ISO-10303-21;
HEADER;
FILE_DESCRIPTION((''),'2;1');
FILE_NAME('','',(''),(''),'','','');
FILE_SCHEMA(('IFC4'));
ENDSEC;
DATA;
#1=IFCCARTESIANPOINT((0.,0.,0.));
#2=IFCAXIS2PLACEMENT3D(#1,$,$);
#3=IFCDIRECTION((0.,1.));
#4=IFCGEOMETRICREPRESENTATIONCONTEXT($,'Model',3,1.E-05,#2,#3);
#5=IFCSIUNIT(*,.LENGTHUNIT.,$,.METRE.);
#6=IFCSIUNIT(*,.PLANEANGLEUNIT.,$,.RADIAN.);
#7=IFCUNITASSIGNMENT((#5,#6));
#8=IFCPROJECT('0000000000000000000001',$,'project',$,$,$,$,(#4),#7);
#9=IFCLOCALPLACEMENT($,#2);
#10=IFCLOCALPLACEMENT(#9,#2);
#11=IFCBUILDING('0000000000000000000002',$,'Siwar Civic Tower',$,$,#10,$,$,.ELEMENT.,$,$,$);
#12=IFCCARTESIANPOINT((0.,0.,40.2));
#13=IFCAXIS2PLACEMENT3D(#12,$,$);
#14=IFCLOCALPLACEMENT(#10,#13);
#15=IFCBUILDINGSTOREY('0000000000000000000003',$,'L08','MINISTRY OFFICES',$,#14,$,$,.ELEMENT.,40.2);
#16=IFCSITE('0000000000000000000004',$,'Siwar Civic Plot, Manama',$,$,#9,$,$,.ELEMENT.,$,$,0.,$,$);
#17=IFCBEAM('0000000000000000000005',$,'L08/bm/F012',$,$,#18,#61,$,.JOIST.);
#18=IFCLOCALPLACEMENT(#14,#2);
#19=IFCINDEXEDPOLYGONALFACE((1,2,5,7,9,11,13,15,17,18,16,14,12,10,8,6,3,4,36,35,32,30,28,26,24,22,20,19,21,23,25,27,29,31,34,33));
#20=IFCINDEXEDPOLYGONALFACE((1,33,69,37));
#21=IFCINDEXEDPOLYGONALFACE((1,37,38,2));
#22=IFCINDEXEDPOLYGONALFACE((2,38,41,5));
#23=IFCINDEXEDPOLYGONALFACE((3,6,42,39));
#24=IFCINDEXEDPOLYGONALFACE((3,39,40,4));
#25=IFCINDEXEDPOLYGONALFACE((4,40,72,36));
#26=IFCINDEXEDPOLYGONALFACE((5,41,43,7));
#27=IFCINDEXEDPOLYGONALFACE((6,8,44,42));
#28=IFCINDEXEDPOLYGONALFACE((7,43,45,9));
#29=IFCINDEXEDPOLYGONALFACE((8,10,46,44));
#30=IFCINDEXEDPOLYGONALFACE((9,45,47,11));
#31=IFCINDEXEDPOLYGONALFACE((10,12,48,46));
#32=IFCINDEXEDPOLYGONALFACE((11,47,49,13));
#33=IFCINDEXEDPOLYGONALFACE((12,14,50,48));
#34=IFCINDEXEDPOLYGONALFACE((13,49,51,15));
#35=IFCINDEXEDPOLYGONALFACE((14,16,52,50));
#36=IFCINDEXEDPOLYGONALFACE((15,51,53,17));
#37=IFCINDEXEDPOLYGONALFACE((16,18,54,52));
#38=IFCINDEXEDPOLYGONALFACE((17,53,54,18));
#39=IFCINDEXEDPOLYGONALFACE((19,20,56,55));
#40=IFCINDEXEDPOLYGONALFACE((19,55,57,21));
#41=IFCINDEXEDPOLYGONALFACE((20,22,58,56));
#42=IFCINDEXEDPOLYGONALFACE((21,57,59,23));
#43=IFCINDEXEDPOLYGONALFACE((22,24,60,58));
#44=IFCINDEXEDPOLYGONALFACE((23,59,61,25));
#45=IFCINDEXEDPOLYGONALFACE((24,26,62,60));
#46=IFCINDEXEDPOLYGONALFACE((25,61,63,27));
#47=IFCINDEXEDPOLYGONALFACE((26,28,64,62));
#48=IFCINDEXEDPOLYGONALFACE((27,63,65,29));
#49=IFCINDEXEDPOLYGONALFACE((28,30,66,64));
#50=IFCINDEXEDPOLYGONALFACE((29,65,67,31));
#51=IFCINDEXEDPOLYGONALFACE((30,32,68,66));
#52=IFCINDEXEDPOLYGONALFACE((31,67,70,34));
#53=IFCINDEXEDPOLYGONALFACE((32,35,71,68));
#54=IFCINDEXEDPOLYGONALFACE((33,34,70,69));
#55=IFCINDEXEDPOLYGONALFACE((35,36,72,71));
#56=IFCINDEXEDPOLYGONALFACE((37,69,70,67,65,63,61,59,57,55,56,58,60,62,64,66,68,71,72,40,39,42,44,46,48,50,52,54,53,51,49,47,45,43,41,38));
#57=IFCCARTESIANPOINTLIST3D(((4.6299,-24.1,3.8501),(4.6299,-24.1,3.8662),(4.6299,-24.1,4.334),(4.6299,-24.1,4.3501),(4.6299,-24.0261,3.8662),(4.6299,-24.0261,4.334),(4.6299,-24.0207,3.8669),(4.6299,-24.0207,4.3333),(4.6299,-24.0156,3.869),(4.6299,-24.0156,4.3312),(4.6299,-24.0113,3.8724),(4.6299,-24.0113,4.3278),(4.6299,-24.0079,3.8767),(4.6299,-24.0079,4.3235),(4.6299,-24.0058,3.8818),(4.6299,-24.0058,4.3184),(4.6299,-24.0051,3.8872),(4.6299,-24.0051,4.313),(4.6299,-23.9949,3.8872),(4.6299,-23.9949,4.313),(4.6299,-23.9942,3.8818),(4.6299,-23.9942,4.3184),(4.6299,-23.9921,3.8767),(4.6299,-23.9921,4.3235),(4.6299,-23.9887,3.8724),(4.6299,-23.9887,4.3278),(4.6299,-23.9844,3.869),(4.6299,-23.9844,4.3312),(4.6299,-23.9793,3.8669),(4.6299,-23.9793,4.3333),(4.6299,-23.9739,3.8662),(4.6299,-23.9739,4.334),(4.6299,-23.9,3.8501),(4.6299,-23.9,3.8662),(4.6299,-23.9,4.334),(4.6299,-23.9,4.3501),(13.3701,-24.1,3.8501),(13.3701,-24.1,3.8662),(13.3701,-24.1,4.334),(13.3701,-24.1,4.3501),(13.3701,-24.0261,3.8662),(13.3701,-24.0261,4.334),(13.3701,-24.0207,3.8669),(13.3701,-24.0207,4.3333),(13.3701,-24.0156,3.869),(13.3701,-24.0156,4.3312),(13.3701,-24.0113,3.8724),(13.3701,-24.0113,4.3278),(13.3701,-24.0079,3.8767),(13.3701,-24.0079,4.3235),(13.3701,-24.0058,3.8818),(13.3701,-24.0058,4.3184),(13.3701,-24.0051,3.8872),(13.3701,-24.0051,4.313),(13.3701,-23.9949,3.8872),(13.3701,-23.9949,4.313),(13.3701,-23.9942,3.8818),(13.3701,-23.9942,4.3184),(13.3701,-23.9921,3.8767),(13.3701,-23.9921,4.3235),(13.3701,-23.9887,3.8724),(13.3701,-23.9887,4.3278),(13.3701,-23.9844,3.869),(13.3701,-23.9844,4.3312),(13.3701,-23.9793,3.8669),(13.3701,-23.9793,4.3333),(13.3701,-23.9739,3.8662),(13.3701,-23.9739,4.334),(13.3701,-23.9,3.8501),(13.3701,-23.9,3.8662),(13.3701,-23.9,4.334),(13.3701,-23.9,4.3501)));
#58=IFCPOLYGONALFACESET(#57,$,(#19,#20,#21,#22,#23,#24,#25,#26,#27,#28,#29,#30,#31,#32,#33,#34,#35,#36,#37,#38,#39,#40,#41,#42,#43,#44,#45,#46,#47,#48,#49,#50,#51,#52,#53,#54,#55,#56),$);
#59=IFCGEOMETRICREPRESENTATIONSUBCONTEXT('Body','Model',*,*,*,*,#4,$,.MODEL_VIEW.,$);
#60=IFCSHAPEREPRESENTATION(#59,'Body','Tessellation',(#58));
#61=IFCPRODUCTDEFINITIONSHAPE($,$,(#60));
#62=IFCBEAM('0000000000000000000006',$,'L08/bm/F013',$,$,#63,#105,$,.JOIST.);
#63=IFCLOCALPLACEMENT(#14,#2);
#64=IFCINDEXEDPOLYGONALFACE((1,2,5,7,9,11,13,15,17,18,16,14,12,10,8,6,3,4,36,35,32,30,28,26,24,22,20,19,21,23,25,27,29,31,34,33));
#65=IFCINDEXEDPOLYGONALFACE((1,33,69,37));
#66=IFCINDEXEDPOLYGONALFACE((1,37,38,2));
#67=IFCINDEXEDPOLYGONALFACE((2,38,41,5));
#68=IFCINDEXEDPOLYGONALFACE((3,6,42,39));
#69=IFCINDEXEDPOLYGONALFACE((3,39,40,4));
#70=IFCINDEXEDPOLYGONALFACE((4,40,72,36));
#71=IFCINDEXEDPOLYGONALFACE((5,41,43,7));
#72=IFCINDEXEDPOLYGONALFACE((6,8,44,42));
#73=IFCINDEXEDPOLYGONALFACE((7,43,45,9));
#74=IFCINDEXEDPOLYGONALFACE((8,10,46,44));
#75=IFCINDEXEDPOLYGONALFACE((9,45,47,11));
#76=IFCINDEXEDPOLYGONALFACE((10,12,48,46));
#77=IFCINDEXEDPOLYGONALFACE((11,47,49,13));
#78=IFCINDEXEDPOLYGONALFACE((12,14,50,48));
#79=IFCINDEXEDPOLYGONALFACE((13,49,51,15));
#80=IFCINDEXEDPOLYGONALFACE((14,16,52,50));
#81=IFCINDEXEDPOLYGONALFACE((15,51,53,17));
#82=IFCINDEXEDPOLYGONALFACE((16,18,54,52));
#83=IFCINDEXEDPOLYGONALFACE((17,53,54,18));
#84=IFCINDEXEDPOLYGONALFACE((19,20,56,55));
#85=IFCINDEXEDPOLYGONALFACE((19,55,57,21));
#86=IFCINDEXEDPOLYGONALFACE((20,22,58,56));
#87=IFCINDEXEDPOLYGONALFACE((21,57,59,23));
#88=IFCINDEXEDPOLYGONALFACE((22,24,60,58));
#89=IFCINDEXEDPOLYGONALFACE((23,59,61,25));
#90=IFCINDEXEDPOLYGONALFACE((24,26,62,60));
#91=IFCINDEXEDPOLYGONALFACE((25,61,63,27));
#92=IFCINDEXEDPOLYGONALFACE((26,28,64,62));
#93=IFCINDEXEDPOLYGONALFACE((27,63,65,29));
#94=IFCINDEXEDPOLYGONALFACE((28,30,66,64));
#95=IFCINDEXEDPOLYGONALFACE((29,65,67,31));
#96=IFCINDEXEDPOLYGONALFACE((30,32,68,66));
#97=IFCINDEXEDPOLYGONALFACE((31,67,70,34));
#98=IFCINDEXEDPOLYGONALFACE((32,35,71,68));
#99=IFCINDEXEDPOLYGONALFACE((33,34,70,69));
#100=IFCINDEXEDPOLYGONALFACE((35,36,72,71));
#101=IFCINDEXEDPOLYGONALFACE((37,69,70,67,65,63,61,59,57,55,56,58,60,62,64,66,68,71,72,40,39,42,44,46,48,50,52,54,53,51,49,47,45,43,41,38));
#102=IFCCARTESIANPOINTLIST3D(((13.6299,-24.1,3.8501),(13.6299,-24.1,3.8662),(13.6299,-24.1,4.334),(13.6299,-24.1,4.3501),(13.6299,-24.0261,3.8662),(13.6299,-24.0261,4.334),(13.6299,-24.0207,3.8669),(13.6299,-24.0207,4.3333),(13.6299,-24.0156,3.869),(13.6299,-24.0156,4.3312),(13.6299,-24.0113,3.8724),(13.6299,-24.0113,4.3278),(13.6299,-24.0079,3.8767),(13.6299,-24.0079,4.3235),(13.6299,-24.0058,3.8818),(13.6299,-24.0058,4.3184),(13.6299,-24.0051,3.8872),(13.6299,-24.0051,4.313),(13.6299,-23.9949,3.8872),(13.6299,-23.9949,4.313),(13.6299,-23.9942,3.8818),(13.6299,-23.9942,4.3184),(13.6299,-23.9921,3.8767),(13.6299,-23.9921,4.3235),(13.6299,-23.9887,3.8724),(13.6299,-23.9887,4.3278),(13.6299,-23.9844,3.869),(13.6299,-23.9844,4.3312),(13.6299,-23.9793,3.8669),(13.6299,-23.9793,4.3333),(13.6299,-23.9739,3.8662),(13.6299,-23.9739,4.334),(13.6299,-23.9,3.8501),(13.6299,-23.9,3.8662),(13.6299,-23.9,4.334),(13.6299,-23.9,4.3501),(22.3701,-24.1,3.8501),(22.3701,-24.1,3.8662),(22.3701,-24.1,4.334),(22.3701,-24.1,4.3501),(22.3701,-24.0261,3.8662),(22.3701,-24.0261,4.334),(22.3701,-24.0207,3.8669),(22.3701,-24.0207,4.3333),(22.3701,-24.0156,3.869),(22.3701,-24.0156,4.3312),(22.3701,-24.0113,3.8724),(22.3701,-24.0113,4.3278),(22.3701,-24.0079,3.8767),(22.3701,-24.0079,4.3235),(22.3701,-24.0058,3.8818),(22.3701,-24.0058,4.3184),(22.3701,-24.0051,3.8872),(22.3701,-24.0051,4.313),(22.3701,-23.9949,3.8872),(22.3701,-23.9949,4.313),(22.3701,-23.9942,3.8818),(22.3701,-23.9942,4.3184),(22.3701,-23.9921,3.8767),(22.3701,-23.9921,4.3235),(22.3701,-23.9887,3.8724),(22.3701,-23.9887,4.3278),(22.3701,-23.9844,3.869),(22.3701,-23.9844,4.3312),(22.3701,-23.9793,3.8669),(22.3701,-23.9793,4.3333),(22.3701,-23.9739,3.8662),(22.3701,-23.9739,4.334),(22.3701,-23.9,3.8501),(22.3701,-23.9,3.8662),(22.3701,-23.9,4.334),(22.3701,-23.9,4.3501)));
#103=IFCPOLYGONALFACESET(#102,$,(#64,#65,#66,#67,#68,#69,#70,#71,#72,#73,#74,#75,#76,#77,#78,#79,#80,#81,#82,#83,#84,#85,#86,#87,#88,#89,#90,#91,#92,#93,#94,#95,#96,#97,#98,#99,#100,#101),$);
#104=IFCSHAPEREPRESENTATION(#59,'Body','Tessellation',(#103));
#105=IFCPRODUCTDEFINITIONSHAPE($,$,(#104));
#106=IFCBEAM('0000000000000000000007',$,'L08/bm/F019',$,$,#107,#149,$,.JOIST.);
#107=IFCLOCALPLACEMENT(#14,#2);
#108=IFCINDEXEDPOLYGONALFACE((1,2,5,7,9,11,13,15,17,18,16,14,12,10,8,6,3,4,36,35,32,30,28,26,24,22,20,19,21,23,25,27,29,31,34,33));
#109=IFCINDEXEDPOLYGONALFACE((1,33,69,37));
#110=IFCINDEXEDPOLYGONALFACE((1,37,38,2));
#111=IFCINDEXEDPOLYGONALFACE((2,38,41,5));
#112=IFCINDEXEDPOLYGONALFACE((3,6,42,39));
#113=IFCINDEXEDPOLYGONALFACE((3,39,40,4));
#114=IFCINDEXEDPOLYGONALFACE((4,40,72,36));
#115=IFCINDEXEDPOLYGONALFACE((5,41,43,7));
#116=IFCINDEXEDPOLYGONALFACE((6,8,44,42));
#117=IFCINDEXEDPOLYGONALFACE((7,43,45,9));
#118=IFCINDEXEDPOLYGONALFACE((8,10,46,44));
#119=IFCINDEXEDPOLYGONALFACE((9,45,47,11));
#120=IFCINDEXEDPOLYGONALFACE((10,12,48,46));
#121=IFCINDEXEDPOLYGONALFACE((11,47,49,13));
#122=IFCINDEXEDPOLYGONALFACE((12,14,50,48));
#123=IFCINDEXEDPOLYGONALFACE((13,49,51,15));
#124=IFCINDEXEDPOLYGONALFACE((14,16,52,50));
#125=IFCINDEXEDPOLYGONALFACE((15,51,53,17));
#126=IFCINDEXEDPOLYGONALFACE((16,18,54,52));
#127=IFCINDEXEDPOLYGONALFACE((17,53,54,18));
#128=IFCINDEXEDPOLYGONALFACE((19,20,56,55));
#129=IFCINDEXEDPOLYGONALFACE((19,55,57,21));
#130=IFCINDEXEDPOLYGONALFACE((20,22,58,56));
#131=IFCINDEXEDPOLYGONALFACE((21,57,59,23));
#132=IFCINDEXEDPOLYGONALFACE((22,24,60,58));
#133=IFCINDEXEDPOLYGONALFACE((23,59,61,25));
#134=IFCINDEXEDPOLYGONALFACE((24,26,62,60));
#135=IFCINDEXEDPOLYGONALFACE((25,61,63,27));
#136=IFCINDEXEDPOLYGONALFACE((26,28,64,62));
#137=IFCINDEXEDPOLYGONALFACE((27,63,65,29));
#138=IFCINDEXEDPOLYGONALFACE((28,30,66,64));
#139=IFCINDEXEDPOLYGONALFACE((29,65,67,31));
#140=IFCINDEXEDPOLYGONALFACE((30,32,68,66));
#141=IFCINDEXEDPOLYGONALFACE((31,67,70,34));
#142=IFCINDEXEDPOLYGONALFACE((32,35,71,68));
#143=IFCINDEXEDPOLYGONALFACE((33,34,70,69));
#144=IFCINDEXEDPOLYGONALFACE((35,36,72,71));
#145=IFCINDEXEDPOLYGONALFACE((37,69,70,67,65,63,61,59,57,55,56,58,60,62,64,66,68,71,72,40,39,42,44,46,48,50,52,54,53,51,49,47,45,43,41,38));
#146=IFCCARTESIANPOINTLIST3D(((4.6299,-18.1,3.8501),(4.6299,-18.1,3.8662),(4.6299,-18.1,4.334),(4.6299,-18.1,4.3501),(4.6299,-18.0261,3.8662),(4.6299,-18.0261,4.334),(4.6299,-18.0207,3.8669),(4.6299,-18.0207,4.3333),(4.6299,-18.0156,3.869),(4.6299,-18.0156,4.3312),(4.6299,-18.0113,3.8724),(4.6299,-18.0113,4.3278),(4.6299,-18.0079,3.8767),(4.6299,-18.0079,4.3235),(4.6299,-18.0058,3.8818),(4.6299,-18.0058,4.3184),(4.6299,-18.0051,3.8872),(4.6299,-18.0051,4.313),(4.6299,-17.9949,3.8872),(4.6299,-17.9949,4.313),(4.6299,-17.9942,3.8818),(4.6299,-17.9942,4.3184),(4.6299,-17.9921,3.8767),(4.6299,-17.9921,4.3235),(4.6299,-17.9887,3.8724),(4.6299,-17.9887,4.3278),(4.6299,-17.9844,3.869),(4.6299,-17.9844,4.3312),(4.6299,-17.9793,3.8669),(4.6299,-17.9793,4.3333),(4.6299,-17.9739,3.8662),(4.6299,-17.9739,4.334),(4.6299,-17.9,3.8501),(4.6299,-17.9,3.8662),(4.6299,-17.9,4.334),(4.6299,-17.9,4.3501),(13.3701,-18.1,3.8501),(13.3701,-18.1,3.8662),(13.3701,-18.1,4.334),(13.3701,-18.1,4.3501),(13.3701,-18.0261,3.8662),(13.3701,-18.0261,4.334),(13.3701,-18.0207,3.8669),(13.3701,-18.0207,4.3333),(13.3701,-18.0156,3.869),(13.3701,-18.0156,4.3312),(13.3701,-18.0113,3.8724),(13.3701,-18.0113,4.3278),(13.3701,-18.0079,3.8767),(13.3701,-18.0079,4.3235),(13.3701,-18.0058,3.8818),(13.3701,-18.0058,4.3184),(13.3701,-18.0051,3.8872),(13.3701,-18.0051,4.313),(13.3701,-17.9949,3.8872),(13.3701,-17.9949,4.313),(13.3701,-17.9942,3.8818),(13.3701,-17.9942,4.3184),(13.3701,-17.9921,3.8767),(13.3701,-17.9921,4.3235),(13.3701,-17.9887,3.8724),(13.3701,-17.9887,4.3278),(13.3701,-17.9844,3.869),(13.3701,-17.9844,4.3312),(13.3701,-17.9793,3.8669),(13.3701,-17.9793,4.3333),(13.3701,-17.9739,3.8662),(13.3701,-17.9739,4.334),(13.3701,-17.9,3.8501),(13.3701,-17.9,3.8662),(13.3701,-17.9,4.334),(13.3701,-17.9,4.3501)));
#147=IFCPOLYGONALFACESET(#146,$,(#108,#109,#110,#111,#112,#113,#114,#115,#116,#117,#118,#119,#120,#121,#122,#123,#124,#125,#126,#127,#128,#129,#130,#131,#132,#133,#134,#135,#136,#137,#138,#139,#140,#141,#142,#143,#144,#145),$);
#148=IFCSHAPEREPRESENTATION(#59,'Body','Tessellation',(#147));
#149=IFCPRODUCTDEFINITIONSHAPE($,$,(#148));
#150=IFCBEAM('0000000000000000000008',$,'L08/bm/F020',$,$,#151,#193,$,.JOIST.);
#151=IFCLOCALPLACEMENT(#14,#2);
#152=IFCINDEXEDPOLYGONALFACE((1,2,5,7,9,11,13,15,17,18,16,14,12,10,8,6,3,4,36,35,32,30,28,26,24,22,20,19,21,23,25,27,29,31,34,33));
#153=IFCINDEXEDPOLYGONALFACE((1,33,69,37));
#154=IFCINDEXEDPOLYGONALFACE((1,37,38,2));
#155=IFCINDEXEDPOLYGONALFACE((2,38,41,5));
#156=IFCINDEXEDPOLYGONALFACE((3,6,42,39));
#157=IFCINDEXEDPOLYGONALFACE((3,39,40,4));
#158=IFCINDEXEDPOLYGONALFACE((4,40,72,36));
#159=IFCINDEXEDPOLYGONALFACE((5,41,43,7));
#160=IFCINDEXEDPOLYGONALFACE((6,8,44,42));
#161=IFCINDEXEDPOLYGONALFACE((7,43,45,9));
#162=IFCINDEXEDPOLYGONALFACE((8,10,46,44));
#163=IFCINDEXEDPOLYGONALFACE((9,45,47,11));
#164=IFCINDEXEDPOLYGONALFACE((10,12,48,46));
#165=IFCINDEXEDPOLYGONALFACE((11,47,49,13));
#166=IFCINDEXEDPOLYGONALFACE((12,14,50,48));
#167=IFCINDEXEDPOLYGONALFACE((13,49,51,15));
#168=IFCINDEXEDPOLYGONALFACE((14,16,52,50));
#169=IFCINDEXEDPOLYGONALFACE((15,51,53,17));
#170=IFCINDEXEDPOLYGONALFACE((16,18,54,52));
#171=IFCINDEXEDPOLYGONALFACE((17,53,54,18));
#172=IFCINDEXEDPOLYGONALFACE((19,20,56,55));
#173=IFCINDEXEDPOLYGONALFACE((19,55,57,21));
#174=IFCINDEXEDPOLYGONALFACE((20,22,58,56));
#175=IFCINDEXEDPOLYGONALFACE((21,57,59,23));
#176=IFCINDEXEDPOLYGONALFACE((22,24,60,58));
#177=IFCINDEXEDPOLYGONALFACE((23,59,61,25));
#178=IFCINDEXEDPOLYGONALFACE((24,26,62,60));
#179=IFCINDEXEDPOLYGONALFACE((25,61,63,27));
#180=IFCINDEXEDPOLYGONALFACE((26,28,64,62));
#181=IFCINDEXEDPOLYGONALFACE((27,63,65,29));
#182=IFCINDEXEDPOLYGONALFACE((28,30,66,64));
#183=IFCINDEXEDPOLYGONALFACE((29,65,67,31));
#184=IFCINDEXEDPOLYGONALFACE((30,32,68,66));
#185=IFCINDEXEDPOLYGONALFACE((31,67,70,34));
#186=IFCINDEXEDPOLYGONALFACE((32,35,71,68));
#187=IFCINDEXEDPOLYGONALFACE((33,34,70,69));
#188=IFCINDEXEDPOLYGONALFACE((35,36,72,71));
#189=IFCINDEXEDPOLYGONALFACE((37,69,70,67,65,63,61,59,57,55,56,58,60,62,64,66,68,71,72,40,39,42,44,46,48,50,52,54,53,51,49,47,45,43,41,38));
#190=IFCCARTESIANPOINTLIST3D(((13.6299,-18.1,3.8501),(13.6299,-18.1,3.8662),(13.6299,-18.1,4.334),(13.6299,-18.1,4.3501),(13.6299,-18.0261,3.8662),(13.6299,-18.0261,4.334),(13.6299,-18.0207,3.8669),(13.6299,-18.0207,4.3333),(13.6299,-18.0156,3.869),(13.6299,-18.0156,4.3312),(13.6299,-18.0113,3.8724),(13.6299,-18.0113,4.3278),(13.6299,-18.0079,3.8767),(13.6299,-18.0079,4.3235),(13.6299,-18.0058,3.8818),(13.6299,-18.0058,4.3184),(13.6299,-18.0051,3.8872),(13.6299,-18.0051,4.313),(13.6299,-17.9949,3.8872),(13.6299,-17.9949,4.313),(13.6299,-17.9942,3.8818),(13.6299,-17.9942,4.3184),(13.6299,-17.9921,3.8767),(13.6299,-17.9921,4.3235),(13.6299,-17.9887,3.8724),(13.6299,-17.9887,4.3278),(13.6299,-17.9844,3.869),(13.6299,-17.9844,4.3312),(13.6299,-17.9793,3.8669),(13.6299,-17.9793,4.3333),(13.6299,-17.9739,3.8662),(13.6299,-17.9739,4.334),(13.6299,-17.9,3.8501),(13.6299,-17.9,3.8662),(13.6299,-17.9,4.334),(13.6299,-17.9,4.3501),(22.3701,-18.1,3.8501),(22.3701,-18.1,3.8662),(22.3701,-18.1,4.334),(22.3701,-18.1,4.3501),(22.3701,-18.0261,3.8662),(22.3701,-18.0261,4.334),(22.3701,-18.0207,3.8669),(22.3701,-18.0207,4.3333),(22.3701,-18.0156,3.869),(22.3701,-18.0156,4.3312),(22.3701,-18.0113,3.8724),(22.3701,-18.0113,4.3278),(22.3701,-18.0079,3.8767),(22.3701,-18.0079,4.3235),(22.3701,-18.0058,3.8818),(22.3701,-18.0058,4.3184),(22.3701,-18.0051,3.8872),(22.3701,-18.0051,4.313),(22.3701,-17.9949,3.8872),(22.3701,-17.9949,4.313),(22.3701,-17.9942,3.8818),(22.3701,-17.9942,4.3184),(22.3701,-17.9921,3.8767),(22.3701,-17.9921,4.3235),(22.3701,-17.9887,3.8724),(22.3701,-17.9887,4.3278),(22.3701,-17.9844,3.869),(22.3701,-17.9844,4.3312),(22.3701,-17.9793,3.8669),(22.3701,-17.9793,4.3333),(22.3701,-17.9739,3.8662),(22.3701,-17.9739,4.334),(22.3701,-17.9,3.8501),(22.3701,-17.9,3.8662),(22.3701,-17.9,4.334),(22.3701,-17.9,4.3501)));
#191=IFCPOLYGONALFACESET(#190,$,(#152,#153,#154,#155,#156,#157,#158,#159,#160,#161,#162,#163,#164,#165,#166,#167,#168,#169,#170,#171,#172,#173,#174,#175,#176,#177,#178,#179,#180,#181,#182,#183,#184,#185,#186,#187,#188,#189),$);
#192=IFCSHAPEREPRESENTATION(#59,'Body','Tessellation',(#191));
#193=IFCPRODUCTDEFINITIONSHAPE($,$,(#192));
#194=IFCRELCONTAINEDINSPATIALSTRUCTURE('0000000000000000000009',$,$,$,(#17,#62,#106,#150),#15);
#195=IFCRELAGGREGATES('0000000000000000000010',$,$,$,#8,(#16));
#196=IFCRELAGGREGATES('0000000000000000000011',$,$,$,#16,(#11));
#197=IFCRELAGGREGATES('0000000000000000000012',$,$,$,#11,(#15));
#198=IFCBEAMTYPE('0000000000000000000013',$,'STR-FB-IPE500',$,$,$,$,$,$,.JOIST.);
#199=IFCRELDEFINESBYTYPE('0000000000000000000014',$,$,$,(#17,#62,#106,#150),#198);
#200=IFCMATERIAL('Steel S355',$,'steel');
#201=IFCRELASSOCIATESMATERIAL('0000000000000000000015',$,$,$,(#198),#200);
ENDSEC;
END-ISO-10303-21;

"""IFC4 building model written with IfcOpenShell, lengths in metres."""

from ifc_helpers import new_model, si_unit, direction, frame, origin, origin_2d, place, context, subcontext, project, spatial, i_section, extrude, material, material_profile, profile_set, type_object, element, save


model = new_model("IFC4")

# Units and contexts
model_context = context("Model", 3, precision=1e-05, world=origin(), true_north=direction((0.0, 1.0)))
body_context = subcontext(model_context, "Body", "Model", "MODEL_VIEW")
ifc_project = project(units=[si_unit("LENGTHUNIT", "METRE"), si_unit("PLANEANGLEUNIT", "RADIAN")], contexts=[model_context])

# Site, building, storey
site_placement = place(None, origin())
site = spatial("IfcSite", under=ifc_project, at=site_placement, Name="Siwar Civic Plot, Manama", CompositionType="ELEMENT", RefElevation=0.0)
building_placement = place(site_placement, origin())
building = spatial("IfcBuilding", under=site, at=building_placement, Name="Siwar Civic Tower", CompositionType="ELEMENT")
storey_placement = place(building_placement, frame((0.0, 0.0, 40.2)))
storey = spatial("IfcBuildingStorey", under=building, at=storey_placement, Name="L08", Description="MINISTRY OFFICES", CompositionType="ELEMENT", Elevation=40.2)

# Beams
ifc_material_1 = material(Name="Steel S355", Category="steel")
ifc_material_profile_1 = material_profile(ifc_material_1, i_section(OverallWidth=0.2, OverallDepth=0.5, WebThickness=0.0103, FlangeThickness=0.0161, FilletRadius=0.021, at=origin_2d()), Name="IPE500")
ifc_profile_set_1 = profile_set([ifc_material_profile_1], Name="Steel S355")
beam_type_1 = type_object("IfcBeamType", Name="STR-FB-IPE500", PredefinedType="JOIST", material=ifc_profile_set_1)
for number, where, z_axis, x_axis, name in (
    (1, (4.6299, -24.0, 4.1001), (1.0, 0.0, 0.0), (0.0, 1.0, 0.0), "L08/bm/F012"),
    (2, (13.6299, -24.0, 4.1001), (1.0, 0.0, 0.0), (0.0, 1.0, 0.0), "L08/bm/F013"),
    (3, (4.6299, -18.0, 4.1001), (1.0, 0.0, 0.0), (0.0, 1.0, 0.0), "L08/bm/F019"),
    (4, (13.6299, -18.0, 4.1001), (1.0, 0.0, 0.0), (0.0, 1.0, 0.0), "L08/bm/F020"),
):
    element("IfcBeam", number, at=place(storey_placement, frame(where, z_axis=z_axis, x_axis=x_axis)), inside=storey, type_object=beam_type_1, Name=name, PredefinedType="JOIST", context=body_context, shape_type="SweptSolid", body=[
        extrude(i_section(OverallWidth=0.2, OverallDepth=0.5, WebThickness=0.0103, FlangeThickness=0.0161, FilletRadius=0.021, at=origin_2d()), origin(), (0.0, 0.0, 1.0), 8.7402),
    ])

save(model, "model.ifc")
